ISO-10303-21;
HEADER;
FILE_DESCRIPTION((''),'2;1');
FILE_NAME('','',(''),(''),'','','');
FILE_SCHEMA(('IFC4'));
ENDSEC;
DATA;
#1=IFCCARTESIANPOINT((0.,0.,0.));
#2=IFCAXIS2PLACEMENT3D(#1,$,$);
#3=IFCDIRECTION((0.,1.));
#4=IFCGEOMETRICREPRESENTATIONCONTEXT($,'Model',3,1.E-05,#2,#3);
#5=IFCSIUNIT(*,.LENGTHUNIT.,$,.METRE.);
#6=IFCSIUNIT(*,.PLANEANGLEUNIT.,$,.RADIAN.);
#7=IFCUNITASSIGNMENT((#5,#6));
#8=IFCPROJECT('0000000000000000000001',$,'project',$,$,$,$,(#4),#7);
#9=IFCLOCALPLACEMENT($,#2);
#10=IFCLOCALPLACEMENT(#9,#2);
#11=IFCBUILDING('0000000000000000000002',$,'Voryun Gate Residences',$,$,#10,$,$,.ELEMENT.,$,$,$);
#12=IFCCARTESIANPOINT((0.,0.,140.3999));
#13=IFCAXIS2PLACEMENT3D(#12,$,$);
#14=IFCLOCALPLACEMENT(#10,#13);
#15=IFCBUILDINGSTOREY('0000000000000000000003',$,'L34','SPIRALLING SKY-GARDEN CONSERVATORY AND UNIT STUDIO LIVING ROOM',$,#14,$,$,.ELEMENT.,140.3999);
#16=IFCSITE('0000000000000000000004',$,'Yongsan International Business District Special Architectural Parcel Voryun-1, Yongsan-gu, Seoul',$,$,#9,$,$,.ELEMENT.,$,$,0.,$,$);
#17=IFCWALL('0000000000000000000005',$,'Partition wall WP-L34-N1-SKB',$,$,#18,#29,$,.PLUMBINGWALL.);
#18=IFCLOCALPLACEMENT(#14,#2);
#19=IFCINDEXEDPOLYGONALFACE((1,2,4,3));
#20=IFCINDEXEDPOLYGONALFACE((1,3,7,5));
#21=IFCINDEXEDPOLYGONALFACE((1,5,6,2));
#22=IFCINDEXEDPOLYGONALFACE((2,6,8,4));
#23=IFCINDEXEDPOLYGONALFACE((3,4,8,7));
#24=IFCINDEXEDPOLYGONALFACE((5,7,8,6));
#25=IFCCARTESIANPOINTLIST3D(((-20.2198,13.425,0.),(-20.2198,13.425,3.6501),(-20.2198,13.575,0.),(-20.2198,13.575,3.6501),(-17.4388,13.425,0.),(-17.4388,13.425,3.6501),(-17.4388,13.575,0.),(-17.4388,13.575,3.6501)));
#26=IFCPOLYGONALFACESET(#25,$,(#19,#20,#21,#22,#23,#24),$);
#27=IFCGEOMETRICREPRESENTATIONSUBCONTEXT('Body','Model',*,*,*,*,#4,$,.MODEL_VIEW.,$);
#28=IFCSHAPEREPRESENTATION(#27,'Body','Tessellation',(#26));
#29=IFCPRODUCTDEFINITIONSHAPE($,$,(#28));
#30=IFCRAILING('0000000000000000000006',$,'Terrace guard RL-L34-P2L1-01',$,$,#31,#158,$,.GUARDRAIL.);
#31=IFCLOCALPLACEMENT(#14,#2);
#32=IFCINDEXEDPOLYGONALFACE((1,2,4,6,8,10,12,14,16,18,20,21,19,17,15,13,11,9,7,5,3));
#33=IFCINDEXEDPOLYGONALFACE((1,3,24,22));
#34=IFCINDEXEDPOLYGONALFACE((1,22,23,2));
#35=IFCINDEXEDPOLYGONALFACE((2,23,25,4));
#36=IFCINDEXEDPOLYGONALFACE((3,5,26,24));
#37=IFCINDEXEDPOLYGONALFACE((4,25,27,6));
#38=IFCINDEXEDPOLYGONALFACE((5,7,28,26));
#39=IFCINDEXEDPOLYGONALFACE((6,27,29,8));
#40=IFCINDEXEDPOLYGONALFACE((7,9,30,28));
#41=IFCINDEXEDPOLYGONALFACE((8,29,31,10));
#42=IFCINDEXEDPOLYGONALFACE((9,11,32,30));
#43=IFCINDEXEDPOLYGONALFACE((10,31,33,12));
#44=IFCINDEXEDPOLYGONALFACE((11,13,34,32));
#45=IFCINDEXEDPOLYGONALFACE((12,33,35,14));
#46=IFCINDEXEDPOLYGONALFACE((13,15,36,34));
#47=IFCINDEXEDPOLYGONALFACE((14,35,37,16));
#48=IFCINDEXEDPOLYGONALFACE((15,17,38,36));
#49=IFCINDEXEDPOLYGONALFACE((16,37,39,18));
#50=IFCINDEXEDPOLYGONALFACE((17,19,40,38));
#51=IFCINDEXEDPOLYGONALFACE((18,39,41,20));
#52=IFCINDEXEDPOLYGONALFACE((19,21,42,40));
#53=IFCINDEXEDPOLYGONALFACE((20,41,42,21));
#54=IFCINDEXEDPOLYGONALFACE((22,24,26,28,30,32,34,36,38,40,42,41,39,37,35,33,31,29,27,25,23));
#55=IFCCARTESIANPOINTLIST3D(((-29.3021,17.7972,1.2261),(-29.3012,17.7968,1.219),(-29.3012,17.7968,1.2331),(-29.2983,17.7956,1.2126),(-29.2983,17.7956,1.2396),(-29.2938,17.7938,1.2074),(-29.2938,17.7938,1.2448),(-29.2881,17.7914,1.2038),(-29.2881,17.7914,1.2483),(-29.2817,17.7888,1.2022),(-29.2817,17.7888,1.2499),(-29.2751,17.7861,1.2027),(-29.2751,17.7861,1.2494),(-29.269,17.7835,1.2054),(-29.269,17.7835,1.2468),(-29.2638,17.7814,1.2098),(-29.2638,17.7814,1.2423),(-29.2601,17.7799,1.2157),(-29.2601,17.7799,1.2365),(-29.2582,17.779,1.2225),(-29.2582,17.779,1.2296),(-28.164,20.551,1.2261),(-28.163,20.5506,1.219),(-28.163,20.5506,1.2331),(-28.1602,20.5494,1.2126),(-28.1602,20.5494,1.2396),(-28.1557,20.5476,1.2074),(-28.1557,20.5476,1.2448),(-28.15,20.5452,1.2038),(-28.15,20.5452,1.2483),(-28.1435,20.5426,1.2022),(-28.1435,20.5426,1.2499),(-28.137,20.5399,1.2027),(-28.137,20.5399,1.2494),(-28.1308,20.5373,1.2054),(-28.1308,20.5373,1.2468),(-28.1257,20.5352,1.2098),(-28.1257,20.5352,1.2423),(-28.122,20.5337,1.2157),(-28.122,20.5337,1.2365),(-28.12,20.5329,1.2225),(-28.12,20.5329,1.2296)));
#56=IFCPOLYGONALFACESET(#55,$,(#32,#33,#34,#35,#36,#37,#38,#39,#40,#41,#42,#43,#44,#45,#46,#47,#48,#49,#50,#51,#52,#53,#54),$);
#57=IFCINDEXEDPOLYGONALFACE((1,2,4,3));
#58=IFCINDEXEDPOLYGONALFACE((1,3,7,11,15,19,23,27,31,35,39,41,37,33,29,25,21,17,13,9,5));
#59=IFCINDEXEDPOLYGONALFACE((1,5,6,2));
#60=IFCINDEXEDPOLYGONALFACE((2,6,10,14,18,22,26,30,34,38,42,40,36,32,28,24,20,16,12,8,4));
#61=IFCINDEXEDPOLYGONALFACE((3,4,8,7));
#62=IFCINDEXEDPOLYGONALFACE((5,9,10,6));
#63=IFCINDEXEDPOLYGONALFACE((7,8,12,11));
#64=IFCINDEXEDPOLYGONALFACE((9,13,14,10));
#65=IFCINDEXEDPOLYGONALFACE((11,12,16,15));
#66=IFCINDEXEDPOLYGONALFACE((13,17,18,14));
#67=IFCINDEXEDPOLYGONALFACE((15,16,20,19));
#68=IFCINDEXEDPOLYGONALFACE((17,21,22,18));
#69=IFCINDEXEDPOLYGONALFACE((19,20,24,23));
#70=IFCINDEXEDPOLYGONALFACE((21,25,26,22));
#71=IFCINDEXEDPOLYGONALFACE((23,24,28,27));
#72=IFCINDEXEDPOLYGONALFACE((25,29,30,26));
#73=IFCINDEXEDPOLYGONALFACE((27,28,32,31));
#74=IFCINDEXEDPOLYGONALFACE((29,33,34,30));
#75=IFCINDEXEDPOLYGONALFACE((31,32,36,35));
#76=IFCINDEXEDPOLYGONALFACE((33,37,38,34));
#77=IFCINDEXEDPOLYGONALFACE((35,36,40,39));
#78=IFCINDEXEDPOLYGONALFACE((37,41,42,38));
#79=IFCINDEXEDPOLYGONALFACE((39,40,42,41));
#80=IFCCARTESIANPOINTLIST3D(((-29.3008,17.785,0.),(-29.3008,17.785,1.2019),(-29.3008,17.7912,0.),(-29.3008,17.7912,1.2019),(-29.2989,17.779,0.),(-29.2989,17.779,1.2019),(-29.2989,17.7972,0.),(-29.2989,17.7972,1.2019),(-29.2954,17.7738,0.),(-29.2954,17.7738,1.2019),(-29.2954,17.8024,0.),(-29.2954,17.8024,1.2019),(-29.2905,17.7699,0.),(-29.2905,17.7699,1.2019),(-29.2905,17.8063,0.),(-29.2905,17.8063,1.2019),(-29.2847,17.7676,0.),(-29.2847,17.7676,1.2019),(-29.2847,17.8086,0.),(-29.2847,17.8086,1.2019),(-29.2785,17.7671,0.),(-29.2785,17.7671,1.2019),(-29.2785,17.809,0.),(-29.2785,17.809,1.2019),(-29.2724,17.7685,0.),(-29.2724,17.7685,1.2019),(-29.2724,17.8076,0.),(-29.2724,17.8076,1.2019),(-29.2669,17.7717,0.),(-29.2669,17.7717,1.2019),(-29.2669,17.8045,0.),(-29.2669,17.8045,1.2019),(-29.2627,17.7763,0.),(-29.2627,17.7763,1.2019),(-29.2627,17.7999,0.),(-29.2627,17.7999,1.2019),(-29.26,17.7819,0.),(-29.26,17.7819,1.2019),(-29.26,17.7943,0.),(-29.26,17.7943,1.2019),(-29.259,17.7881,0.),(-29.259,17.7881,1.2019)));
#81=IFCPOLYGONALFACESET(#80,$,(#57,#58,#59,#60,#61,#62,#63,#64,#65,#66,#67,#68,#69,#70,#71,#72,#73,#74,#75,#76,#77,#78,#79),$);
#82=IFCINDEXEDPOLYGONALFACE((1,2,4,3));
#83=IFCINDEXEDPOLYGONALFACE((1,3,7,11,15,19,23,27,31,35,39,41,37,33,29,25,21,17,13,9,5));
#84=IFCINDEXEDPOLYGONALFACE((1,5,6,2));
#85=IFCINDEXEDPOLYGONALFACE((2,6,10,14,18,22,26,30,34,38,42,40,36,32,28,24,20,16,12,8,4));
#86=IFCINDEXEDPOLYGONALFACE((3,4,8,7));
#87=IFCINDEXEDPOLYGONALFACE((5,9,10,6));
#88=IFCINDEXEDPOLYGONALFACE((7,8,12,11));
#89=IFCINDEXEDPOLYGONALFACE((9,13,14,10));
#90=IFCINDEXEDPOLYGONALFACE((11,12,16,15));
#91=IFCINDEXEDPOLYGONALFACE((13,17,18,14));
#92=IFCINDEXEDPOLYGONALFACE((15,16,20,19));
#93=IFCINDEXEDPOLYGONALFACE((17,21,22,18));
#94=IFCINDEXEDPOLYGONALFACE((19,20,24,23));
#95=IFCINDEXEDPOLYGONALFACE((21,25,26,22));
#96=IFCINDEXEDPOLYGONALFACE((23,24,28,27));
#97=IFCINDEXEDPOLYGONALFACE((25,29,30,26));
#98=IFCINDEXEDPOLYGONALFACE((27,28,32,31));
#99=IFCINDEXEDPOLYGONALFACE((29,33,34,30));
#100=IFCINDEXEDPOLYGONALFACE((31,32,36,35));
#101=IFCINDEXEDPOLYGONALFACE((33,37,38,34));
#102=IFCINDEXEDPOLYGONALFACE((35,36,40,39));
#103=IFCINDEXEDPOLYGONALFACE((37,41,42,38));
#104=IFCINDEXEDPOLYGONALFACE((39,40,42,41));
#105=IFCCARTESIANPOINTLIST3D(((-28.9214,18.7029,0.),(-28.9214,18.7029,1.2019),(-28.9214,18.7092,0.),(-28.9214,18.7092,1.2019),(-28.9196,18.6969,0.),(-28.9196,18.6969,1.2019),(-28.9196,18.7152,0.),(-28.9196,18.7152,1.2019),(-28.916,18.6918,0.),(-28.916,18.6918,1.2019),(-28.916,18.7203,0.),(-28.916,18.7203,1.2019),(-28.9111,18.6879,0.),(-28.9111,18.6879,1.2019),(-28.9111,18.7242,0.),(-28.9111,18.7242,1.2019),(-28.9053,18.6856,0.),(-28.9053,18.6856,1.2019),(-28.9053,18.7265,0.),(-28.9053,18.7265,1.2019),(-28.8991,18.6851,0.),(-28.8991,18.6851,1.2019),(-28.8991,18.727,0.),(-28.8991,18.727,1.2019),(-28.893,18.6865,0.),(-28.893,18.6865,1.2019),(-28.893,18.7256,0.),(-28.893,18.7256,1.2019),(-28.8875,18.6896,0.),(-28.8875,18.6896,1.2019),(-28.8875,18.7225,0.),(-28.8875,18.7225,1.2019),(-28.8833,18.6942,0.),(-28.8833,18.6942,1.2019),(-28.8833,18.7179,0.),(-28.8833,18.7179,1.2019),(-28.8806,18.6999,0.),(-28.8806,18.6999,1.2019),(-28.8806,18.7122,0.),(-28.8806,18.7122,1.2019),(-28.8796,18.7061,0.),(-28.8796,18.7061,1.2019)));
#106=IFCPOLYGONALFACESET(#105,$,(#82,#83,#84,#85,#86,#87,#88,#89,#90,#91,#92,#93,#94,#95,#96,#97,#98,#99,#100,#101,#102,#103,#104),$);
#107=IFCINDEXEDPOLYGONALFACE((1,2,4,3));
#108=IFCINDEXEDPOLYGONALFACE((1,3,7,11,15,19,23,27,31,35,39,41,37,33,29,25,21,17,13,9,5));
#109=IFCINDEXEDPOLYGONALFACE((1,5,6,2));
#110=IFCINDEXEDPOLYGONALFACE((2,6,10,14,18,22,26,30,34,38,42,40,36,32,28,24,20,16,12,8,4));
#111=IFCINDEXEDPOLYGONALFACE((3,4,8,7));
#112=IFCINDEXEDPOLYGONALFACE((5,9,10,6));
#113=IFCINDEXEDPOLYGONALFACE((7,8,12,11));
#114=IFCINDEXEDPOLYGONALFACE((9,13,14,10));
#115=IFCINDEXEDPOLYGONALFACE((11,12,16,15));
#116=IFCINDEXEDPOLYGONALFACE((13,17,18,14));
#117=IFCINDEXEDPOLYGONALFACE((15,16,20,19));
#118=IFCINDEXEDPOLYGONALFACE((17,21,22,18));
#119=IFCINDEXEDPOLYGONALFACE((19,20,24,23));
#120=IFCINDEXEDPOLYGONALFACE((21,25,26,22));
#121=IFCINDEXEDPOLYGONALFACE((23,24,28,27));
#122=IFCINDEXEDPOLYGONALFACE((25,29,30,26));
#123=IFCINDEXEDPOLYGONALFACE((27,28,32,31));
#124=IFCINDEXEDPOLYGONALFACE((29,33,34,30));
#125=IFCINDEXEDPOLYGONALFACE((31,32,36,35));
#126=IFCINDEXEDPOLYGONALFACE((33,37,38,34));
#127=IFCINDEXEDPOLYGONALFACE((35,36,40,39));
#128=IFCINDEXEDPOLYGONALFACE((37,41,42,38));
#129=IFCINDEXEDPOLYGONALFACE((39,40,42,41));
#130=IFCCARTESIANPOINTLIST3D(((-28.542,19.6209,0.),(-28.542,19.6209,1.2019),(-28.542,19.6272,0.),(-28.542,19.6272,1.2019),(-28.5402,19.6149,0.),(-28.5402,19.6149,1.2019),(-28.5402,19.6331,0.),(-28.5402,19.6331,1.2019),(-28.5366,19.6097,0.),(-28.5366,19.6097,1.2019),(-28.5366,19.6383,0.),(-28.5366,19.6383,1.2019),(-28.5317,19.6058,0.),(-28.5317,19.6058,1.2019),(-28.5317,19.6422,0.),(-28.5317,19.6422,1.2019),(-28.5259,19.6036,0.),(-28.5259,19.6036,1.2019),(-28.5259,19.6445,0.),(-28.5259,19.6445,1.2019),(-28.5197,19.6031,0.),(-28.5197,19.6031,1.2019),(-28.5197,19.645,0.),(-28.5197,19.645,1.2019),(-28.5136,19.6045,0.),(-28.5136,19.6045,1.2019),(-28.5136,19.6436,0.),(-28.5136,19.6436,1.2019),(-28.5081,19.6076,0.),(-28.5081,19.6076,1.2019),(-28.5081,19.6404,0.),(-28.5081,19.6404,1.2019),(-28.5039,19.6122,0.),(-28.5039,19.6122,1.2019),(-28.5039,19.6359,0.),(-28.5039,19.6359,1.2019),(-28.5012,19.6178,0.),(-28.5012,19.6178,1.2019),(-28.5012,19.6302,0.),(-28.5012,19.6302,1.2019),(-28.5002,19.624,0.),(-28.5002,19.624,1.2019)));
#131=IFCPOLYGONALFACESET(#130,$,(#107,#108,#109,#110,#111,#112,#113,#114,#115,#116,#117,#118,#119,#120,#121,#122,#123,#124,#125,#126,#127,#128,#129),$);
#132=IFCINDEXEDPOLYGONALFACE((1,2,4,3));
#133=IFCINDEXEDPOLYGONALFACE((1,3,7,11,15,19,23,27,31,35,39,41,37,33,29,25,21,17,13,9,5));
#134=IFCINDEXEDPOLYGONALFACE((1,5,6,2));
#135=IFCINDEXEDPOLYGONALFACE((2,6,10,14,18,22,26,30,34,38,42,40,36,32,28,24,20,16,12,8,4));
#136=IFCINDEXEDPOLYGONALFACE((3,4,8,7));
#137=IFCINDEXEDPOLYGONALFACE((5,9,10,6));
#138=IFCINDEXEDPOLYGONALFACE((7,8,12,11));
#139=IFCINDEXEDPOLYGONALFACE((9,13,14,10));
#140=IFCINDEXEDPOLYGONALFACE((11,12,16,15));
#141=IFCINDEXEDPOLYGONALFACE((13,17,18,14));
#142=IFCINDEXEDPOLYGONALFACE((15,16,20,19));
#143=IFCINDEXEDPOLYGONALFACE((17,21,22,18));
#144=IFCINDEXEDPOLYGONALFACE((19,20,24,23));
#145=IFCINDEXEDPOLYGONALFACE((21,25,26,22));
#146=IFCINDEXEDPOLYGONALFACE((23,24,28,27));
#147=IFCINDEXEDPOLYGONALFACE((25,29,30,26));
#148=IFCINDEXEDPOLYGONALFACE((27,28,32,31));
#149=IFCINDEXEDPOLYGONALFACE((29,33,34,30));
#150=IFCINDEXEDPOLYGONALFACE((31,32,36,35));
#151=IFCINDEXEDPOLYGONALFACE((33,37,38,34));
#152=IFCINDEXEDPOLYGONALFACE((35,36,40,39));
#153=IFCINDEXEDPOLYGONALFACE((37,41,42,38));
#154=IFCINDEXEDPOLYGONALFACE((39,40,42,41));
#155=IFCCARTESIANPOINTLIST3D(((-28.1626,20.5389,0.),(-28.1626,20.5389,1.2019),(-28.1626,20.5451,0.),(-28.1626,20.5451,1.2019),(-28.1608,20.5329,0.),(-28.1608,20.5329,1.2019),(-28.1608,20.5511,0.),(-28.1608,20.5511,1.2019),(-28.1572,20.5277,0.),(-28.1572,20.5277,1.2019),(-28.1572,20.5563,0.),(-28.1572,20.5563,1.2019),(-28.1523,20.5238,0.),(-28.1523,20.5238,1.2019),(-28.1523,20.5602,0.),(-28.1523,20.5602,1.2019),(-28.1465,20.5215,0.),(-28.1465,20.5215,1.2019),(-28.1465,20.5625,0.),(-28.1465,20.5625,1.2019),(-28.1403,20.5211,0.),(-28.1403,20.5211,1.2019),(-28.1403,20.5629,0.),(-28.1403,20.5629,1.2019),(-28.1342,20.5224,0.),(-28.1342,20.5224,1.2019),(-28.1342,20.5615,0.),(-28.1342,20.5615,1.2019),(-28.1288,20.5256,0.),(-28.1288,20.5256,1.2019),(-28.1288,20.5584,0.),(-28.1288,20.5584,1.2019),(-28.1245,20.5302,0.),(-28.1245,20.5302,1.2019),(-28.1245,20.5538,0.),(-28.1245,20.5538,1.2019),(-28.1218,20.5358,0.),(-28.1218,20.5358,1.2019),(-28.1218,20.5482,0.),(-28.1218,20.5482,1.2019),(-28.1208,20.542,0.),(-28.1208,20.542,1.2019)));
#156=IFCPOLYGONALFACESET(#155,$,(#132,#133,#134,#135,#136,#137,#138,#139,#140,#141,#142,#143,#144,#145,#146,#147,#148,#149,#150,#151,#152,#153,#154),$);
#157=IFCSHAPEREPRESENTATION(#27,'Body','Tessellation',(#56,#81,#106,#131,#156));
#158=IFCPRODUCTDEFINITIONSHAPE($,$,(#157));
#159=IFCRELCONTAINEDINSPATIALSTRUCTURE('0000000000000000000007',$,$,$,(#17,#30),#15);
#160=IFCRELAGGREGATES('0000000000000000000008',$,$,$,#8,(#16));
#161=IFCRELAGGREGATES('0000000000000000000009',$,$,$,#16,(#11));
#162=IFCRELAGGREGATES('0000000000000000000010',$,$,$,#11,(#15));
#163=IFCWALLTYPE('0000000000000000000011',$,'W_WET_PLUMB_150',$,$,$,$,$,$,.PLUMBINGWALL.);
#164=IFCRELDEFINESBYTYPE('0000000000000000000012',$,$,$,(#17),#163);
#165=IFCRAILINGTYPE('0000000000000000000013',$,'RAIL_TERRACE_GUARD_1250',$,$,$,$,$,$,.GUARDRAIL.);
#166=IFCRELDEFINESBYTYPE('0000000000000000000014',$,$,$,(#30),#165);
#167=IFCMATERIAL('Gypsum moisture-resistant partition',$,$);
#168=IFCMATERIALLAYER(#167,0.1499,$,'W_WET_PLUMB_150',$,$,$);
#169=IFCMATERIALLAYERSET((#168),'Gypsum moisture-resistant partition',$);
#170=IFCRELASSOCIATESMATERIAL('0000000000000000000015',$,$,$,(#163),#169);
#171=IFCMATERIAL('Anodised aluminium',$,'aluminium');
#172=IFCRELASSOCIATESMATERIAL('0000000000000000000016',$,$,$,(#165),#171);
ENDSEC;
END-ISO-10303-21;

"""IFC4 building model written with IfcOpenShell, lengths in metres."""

from ifc_helpers import new_model, si_unit, direction, frame, frame_2d, origin, origin_2d, place, context, subcontext, project, spatial, rectangle, circle, extrude, material, layer, layer_set, type_object, element, save


model = new_model("IFC4")

# Units and contexts
model_context = context("Model", 3, precision=1e-05, world=origin(), true_north=direction((0.0, 1.0)))
body_context = subcontext(model_context, "Body", "Model", "MODEL_VIEW")
ifc_project = project(units=[si_unit("LENGTHUNIT", "METRE"), si_unit("PLANEANGLEUNIT", "RADIAN")], contexts=[model_context])

# Site, building, storey
site_placement = place(None, origin())
site = spatial("IfcSite", under=ifc_project, at=site_placement, Name="Yongsan International Business District Special Architectural Parcel Voryun-1, Yongsan-gu, Seoul", CompositionType="ELEMENT", RefElevation=0.0)
building_placement = place(site_placement, origin())
building = spatial("IfcBuilding", under=site, at=building_placement, Name="Voryun Gate Residences", CompositionType="ELEMENT")
storey_placement = place(building_placement, frame((0.0, 0.0, 140.3999)))
storey = spatial("IfcBuildingStorey", under=building, at=storey_placement, Name="L34", Description="SPIRALLING SKY-GARDEN CONSERVATORY AND UNIT STUDIO LIVING ROOM", CompositionType="ELEMENT", Elevation=140.3999)

# Wall
ifc_material_1 = material(Name="Gypsum moisture-resistant partition")
ifc_layer_1 = layer(ifc_material_1, 0.1499, Name="W_WET_PLUMB_150")
ifc_layer_set_1 = layer_set([ifc_layer_1], Name="Gypsum moisture-resistant partition")
wall_type_1 = type_object("IfcWallType", Name="W_WET_PLUMB_150", PredefinedType="PLUMBINGWALL", material=ifc_layer_set_1)
wall_1_placement = place(storey_placement, frame((-20.22, 13.5, 0.0), z_axis=(0.0, 0.0, 1.0), x_axis=(1.0, 0.0, 0.0)))
element("IfcWall", 1, at=wall_1_placement, inside=storey, type_object=wall_type_1, Name="Partition wall WP-L34-N1-SKB", PredefinedType="PLUMBINGWALL", context=body_context, shape_type="SweptSolid", body=[
    extrude(rectangle(XDim=2.781, YDim=0.1499, at=frame_2d((1.3906, 0.0))), origin(), (0.0, 0.0, 1.0), 3.6501),
])

# Railing
ifc_material_2 = material(Name="Anodised aluminium", Category="aluminium")
railing_type = type_object("IfcRailingType", Name="RAIL_TERRACE_GUARD_1250", PredefinedType="GUARDRAIL", material=ifc_material_2)
railing_1_placement = place(storey_placement, frame((-29.28, 17.7881, 0.0)))
element("IfcRailing", 2, at=railing_1_placement, inside=storey, type_object=railing_type, Name="Terrace guard RL-L34-P2L1-01", PredefinedType="GUARDRAIL", context=body_context, shape_type="SweptSolid", body=[
    extrude(circle(Radius=0.0239, at=origin_2d()), frame((0.0, 0.0, 1.2261), z_axis=(0.381961, 0.924178, 0.0), x_axis=(-0.924178, 0.381961, 0.0)), (0.0, 0.0, 1.0), 2.9797),
    extrude(circle(Radius=0.021, at=origin_2d()), origin(), (0.0, 0.0, 1.0), 1.2019),
    extrude(circle(Radius=0.021, at=origin_2d()), frame((0.3794, 0.918, 0.0)), (0.0, 0.0, 1.0), 1.2019),
    extrude(circle(Radius=0.021, at=origin_2d()), frame((0.7588, 1.8359, 0.0)), (0.0, 0.0, 1.0), 1.2019),
    extrude(circle(Radius=0.021, at=origin_2d()), frame((1.1382, 2.7539, 0.0)), (0.0, 0.0, 1.0), 1.2019),
])

save(model, "model.ifc")
